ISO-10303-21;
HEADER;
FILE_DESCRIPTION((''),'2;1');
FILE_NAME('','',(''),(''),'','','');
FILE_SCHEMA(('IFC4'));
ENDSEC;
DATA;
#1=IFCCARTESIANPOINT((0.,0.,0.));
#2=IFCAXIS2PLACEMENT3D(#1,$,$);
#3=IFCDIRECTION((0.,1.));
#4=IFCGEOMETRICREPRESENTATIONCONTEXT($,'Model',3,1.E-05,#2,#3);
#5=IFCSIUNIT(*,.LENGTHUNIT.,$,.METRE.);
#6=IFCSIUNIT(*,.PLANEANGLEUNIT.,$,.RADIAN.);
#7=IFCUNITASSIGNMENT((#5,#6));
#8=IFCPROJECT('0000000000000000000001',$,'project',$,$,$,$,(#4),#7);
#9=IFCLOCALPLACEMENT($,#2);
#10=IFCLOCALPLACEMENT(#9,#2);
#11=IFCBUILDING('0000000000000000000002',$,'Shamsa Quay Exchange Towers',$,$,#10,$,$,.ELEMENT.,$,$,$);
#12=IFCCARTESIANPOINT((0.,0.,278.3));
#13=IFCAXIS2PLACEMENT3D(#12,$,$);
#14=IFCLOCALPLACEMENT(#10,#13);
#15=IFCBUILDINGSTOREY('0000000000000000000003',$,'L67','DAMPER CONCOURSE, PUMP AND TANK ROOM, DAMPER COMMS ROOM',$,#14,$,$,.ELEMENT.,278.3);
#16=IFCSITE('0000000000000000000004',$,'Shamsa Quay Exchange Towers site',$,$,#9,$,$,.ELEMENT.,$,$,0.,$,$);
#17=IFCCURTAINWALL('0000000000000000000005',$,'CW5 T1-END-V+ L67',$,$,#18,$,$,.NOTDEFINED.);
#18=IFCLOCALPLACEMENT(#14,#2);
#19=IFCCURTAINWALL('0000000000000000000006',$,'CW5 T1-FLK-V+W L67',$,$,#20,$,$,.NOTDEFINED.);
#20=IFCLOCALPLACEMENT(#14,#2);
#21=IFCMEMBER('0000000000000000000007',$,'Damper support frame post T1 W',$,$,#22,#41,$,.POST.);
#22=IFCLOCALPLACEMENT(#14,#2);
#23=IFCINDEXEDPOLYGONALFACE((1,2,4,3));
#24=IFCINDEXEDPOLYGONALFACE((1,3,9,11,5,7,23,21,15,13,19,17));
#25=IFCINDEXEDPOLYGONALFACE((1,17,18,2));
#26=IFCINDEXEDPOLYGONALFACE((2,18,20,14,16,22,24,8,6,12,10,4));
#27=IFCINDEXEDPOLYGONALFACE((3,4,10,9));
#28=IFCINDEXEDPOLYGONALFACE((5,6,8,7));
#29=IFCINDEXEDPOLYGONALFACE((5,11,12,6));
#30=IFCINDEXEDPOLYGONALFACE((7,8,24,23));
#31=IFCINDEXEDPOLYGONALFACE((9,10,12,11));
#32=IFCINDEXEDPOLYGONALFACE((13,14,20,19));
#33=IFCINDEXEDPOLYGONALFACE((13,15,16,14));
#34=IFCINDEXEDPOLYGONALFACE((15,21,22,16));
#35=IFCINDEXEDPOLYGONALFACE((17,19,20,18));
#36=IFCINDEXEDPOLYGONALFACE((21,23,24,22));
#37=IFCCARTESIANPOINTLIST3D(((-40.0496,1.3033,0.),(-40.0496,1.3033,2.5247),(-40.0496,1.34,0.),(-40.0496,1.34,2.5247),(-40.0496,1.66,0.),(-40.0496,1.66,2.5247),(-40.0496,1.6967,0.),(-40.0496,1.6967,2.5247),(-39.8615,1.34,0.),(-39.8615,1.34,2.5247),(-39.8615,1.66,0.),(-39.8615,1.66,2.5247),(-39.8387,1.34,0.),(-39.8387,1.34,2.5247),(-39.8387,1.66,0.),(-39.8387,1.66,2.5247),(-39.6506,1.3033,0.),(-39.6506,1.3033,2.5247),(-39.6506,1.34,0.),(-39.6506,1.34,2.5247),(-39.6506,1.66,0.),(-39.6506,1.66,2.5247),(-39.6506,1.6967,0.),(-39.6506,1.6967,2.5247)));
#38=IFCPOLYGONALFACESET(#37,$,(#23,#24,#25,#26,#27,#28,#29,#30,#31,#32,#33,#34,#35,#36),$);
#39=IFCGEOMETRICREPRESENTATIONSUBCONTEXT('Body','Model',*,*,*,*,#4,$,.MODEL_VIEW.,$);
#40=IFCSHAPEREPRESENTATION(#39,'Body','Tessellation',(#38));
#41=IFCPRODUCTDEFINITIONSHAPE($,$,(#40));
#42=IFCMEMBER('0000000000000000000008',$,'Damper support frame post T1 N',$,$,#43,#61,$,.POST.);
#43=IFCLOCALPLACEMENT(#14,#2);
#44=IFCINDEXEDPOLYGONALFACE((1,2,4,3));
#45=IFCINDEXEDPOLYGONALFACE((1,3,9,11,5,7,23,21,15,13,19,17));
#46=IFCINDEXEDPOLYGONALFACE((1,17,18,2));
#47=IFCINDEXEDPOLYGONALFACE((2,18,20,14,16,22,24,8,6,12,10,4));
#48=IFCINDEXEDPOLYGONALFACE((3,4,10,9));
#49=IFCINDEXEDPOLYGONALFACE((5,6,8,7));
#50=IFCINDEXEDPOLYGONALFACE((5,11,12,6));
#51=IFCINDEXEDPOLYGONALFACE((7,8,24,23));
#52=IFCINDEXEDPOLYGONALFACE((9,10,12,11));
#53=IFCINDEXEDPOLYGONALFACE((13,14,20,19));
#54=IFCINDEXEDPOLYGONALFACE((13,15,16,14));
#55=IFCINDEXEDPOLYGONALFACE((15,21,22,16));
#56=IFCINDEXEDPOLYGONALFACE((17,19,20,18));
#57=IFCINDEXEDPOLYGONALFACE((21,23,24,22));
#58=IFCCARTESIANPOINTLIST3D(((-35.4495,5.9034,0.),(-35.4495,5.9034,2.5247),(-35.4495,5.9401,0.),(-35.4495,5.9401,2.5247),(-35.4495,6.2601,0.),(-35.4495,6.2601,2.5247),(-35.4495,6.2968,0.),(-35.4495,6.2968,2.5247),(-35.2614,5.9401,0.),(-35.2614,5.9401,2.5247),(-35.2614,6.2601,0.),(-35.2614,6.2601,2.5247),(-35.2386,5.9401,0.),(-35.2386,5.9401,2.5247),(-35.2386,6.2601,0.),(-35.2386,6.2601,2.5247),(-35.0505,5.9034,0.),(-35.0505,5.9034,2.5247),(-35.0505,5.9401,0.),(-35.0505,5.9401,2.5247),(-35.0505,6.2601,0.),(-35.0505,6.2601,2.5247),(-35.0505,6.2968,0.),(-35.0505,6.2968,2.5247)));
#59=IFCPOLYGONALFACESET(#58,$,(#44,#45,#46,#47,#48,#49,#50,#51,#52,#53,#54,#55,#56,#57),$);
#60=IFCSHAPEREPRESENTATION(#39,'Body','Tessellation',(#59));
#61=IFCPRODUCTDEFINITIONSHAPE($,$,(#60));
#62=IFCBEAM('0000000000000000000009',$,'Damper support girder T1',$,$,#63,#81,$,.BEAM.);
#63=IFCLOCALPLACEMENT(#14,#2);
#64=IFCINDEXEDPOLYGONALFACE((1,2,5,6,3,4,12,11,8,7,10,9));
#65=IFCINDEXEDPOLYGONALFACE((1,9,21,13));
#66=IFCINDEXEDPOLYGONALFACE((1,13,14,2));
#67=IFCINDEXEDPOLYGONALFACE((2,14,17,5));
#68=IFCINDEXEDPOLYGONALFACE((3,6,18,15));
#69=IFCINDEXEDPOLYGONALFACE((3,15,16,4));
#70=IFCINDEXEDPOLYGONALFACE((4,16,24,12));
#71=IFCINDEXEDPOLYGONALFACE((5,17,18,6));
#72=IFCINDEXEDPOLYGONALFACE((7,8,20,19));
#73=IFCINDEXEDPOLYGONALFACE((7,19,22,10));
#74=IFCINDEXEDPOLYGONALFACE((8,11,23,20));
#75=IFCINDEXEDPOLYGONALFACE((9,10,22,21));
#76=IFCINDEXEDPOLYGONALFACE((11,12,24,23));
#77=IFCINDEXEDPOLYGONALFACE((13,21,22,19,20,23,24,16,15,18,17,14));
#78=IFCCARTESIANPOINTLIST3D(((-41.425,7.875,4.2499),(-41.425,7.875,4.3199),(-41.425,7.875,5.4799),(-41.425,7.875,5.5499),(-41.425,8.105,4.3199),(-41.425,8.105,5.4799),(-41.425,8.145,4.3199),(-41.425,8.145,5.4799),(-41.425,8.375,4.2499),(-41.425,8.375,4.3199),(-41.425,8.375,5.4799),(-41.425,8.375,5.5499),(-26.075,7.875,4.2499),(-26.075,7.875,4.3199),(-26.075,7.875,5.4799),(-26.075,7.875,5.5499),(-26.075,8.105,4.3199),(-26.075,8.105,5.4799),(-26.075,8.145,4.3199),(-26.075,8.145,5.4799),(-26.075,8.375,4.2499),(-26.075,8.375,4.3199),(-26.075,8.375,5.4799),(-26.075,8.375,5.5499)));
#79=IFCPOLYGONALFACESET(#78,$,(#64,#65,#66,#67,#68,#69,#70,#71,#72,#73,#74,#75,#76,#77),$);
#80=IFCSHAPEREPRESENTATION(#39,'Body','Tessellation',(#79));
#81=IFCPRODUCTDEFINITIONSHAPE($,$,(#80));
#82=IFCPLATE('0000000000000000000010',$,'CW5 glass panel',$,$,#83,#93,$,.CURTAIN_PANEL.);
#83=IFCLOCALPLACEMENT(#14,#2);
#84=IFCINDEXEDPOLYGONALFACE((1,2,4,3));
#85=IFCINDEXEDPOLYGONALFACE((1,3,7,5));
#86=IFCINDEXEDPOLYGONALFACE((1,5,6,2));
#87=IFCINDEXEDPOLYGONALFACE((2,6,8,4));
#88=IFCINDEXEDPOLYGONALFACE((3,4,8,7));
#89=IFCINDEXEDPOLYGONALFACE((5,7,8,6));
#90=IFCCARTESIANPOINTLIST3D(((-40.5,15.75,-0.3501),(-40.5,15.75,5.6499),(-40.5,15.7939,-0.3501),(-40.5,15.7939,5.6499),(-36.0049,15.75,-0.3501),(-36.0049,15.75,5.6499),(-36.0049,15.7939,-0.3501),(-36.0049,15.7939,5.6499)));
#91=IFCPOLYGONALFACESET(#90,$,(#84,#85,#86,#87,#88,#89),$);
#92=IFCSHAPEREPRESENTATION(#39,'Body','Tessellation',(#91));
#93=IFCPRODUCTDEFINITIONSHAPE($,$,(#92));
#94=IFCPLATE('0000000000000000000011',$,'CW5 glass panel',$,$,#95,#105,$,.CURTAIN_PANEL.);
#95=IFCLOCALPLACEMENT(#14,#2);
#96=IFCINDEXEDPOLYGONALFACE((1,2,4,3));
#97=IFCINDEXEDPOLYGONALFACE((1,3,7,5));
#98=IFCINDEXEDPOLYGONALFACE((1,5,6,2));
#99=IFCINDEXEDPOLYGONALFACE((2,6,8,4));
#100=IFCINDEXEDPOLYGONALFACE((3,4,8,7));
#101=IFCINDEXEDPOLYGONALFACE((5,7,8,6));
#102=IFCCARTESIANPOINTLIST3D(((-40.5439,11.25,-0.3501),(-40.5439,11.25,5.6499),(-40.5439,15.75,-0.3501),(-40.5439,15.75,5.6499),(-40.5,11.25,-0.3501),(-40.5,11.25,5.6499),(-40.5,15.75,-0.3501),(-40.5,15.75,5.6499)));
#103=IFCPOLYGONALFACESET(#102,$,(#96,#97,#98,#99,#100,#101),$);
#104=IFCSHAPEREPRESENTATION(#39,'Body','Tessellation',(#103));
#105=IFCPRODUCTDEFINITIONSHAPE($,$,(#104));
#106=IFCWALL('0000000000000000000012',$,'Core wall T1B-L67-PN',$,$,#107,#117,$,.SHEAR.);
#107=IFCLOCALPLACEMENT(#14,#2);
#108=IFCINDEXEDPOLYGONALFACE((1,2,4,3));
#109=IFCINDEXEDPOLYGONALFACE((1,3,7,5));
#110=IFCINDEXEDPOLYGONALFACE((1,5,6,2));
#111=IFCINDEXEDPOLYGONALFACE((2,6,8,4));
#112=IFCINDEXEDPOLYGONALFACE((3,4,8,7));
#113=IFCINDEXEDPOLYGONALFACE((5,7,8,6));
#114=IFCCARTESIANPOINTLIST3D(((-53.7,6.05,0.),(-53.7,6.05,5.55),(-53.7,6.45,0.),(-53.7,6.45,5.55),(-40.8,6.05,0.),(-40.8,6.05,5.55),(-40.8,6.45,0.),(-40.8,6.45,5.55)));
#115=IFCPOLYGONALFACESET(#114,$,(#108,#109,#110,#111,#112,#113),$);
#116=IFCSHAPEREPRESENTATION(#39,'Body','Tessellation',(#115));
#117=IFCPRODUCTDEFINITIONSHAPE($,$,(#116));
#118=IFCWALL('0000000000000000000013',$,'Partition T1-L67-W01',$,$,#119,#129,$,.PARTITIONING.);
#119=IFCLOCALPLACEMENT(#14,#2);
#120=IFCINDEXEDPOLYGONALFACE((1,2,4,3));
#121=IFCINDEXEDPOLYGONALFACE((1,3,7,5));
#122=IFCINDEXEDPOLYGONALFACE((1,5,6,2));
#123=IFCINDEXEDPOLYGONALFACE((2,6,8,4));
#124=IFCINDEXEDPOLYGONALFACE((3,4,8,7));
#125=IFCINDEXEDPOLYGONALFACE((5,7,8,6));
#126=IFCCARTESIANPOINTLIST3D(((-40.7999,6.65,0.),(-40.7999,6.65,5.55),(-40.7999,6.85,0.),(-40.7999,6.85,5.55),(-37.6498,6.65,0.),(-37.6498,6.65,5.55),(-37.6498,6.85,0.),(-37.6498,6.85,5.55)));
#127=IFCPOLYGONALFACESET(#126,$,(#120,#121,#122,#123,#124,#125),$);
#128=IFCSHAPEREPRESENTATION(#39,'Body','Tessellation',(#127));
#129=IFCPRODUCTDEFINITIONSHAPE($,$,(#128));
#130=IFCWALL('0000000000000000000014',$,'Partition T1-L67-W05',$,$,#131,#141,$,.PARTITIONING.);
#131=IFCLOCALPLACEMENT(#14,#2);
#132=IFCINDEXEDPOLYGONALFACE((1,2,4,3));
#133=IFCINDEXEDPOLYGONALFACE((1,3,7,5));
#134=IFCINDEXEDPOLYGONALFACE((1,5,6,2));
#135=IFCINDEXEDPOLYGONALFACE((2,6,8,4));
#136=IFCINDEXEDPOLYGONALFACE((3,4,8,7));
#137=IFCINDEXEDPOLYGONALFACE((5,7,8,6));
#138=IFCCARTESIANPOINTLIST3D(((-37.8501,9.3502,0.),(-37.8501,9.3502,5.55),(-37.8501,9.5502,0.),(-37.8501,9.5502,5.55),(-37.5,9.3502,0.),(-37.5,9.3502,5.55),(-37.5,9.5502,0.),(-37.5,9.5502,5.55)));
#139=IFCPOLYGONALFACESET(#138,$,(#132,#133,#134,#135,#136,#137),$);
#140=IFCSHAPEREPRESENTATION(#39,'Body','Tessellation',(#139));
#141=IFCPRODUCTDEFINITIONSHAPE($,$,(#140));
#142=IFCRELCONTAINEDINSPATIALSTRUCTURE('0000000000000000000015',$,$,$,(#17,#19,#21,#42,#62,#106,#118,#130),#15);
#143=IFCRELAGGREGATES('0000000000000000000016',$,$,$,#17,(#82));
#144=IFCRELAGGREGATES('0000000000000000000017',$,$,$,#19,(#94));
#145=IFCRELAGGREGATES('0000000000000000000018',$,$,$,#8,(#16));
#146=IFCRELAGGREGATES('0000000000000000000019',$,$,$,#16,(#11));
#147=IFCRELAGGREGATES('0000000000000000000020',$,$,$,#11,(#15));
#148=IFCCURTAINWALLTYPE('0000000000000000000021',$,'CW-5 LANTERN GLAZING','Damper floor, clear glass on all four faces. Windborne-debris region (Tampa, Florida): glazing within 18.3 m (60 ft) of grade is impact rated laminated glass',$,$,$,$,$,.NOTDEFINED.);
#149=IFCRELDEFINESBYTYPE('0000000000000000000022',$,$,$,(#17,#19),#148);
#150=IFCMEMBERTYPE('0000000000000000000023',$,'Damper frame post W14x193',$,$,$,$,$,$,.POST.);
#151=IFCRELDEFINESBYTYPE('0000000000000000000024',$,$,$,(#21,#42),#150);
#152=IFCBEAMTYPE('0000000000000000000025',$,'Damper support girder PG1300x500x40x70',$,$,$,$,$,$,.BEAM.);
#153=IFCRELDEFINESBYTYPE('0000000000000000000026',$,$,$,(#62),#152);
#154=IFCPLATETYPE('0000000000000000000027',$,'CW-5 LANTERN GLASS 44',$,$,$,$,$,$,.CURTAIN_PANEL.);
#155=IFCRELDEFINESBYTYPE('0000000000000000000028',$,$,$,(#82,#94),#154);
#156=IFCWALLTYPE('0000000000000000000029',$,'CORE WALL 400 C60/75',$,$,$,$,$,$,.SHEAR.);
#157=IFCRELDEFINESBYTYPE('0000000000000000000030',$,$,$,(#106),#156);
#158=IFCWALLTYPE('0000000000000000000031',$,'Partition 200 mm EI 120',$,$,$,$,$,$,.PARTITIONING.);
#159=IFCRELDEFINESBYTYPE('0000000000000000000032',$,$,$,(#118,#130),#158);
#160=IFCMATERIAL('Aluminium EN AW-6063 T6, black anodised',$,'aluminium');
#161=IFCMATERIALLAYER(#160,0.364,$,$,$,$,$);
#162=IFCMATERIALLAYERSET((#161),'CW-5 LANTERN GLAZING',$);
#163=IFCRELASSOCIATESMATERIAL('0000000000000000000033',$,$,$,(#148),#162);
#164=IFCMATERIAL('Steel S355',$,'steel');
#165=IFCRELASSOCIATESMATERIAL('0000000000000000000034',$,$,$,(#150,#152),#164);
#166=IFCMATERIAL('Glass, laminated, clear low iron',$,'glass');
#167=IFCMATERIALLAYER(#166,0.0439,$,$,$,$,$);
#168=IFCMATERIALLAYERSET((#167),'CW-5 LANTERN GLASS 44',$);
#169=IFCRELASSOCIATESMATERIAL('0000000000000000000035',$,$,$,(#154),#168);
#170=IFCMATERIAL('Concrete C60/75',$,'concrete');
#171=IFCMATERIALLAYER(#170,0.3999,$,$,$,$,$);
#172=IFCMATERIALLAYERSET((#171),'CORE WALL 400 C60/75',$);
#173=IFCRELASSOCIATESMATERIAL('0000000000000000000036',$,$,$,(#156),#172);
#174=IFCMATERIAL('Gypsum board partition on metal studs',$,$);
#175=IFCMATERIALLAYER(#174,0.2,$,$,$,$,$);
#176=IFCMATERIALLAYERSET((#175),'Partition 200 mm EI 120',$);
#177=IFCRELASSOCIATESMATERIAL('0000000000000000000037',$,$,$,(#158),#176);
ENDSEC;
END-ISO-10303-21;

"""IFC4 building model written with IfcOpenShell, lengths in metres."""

from ifc_helpers import new_model, si_unit, direction, frame, frame_2d, origin, origin_2d, place, context, subcontext, project, spatial, rectangle, i_section, extrude, material, layer, layer_set, material_profile, profile_set, type_object, element, aggregate, save


model = new_model("IFC4")

# Units and contexts
model_context = context("Model", 3, precision=1e-05, world=origin(), true_north=direction((0.0, 1.0)))
body_context = subcontext(model_context, "Body", "Model", "MODEL_VIEW")
ifc_project = project(units=[si_unit("LENGTHUNIT", "METRE"), si_unit("PLANEANGLEUNIT", "RADIAN")], contexts=[model_context])

# Site, building, storey
site_placement = place(None, origin())
site = spatial("IfcSite", under=ifc_project, at=site_placement, Name="Shamsa Quay Exchange Towers site", CompositionType="ELEMENT", RefElevation=0.0)
building_placement = place(site_placement, origin())
building = spatial("IfcBuilding", under=site, at=building_placement, Name="Shamsa Quay Exchange Towers", CompositionType="ELEMENT")
storey_placement = place(building_placement, frame((0.0, 0.0, 278.3)))
storey = spatial("IfcBuildingStorey", under=building, at=storey_placement, Name="L67", Description="DAMPER CONCOURSE, PUMP AND TANK ROOM, DAMPER COMMS ROOM", CompositionType="ELEMENT", Elevation=278.3)

# Curtain walls
ifc_material_1 = material(Name="Aluminium EN AW-6063 T6, black anodised", Category="aluminium")
ifc_layer_1 = layer(ifc_material_1, 0.364)
ifc_layer_set_1 = layer_set([ifc_layer_1], Name="CW-5 LANTERN GLAZING")
curtain_wall_type = type_object("IfcCurtainWallType", Name="CW-5 LANTERN GLAZING", Description="Damper floor, clear glass on all four faces. Windborne-debris region (Tampa, Florida): glazing within 18.3 m (60 ft) of grade is impact rated laminated glass", PredefinedType="NOTDEFINED", material=ifc_layer_set_1)
curtain_wall_1_placement = place(storey_placement, origin())
curtain_wall_1 = element("IfcCurtainWall", 1, at=curtain_wall_1_placement, inside=storey, type_object=curtain_wall_type, Name="CW5 T1-END-V+ L67", PredefinedType="NOTDEFINED")
curtain_wall_2_placement = place(storey_placement, origin())
curtain_wall_2 = element("IfcCurtainWall", 2, at=curtain_wall_2_placement, inside=storey, type_object=curtain_wall_type, Name="CW5 T1-FLK-V+W L67", PredefinedType="NOTDEFINED")

# Shared definitions
ifc_material_2 = material(Name="Steel S355", Category="steel")

# Members
ifc_material_profile_1 = material_profile(ifc_material_2, i_section(OverallWidth=0.3989, OverallDepth=0.3933, WebThickness=0.0227, FlangeThickness=0.0366, at=origin_2d()), Name="W14x193")
ifc_profile_set_1 = profile_set([ifc_material_profile_1], Name="Steel S355")
member_type_1 = type_object("IfcMemberType", Name="Damper frame post W14x193", PredefinedType="POST", material=ifc_profile_set_1)
for number, where, name in (
    (3, (-39.8501, 1.5, 0.0), "Damper support frame post T1 W"),
    (4, (-35.25, 6.1001, 0.0), "Damper support frame post T1 N"),
):
    element("IfcMember", number, at=place(storey_placement, frame(where)), inside=storey, type_object=member_type_1, Name=name, PredefinedType="POST", context=body_context, shape_type="SweptSolid", body=[
        extrude(i_section(OverallWidth=0.3989, OverallDepth=0.3933, WebThickness=0.0227, FlangeThickness=0.0366, at=origin_2d()), origin(), (0.0, 0.0, 1.0), 2.5247),
    ])

# Beam
ifc_material_profile_2 = material_profile(ifc_material_2, i_section(OverallWidth=0.5, OverallDepth=1.3, WebThickness=0.04, FlangeThickness=0.0701, at=origin_2d()), Name="PG1300x500x40x70")
ifc_profile_set_2 = profile_set([ifc_material_profile_2], Name="Steel S355")
beam_type_1 = type_object("IfcBeamType", Name="Damper support girder PG1300x500x40x70", PredefinedType="BEAM", material=ifc_profile_set_2)
beam_1_placement = place(storey_placement, frame((-41.425, 8.125, 4.8999), z_axis=(1.0, 0.0, 0.0), x_axis=(0.0, 1.0, 0.0)))
element("IfcBeam", 5, at=beam_1_placement, inside=storey, type_object=beam_type_1, Name="Damper support girder T1", PredefinedType="BEAM", context=body_context, shape_type="SweptSolid", body=[
    extrude(i_section(OverallWidth=0.5, OverallDepth=1.3, WebThickness=0.04, FlangeThickness=0.0701, at=origin_2d()), origin(), (0.0, 0.0, 1.0), 15.3501),
])

# Plates
ifc_material_3 = material(Name="Glass, laminated, clear low iron", Category="glass")
ifc_layer_2 = layer(ifc_material_3, 0.0439)
ifc_layer_set_2 = layer_set([ifc_layer_2], Name="CW-5 LANTERN GLASS 44")
plate_type = type_object("IfcPlateType", Name="CW-5 LANTERN GLASS 44", PredefinedType="CURTAIN_PANEL", material=ifc_layer_set_2)
plate_1_placement = place(storey_placement, frame((-38.2524, 15.772, -0.3501), z_axis=(0.0, 0.0, 1.0), x_axis=(-1.0, 0.0, 0.0)))
plate_1 = element("IfcPlate", 6, at=plate_1_placement, type_object=plate_type, Name="CW5 glass panel", PredefinedType="CURTAIN_PANEL", context=body_context, shape_type="SweptSolid", body=[
    extrude(rectangle(XDim=4.4951, YDim=0.0439, at=origin_2d()), origin(), (0.0, 0.0, 1.0), 6.0),
])
aggregate(curtain_wall_1, [plate_1])
plate_2_placement = place(storey_placement, frame((-40.522, 13.5, -0.3501), z_axis=(0.0, 0.0, 1.0), x_axis=(0.0, -1.0, 0.0)))
plate_2 = element("IfcPlate", 7, at=plate_2_placement, type_object=plate_type, Name="CW5 glass panel", PredefinedType="CURTAIN_PANEL", context=body_context, shape_type="SweptSolid", body=[
    extrude(rectangle(XDim=4.5, YDim=0.0439, at=origin_2d()), origin(), (0.0, 0.0, 1.0), 6.0),
])
aggregate(curtain_wall_2, [plate_2])

# Walls
ifc_material_4 = material(Name="Concrete C60/75", Category="concrete")
ifc_layer_3 = layer(ifc_material_4, 0.3999)
ifc_layer_set_3 = layer_set([ifc_layer_3], Name="CORE WALL 400 C60/75")
wall_type_1 = type_object("IfcWallType", Name="CORE WALL 400 C60/75", PredefinedType="SHEAR", material=ifc_layer_set_3)
wall_1_placement = place(storey_placement, frame((-40.8, 6.25, 0.0), z_axis=(0.0, 0.0, 1.0), x_axis=(-1.0, 0.0, 0.0)))
element("IfcWall", 8, at=wall_1_placement, inside=storey, type_object=wall_type_1, Name="Core wall T1B-L67-PN", PredefinedType="SHEAR", context=body_context, shape_type="SweptSolid", body=[
    extrude(rectangle(XDim=12.8999, YDim=0.3999, at=frame_2d((6.45, 0.0))), origin(), (0.0, 0.0, 1.0), 5.55),
])
ifc_material_5 = material(Name="Gypsum board partition on metal studs")
ifc_layer_4 = layer(ifc_material_5, 0.2)
ifc_layer_set_4 = layer_set([ifc_layer_4], Name="Partition 200 mm EI 120")
wall_type_2 = type_object("IfcWallType", Name="Partition 200 mm EI 120", PredefinedType="PARTITIONING", material=ifc_layer_set_4)
wall_2_placement = place(storey_placement, frame((-40.8, 6.75, 0.0)))
element("IfcWall", 9, at=wall_2_placement, inside=storey, type_object=wall_type_2, Name="Partition T1-L67-W01", PredefinedType="PARTITIONING", context=body_context, shape_type="SweptSolid", body=[
    extrude(rectangle(XDim=3.1501, YDim=0.2, at=frame_2d((1.5752, 0.0))), origin(), (0.0, 0.0, 1.0), 5.55),
])

# Wall
wall_3_placement = place(storey_placement, frame((-37.8501, 9.4502, 0.0)))
element("IfcWall", 10, at=wall_3_placement, inside=storey, type_object=wall_type_2, Name="Partition T1-L67-W05", PredefinedType="PARTITIONING", context=body_context, shape_type="SweptSolid", body=[
    extrude(rectangle(XDim=0.3501, YDim=0.2, at=frame_2d((0.175, 0.0))), origin(), (0.0, 0.0, 1.0), 5.55),
])

save(model, "model.ifc")
